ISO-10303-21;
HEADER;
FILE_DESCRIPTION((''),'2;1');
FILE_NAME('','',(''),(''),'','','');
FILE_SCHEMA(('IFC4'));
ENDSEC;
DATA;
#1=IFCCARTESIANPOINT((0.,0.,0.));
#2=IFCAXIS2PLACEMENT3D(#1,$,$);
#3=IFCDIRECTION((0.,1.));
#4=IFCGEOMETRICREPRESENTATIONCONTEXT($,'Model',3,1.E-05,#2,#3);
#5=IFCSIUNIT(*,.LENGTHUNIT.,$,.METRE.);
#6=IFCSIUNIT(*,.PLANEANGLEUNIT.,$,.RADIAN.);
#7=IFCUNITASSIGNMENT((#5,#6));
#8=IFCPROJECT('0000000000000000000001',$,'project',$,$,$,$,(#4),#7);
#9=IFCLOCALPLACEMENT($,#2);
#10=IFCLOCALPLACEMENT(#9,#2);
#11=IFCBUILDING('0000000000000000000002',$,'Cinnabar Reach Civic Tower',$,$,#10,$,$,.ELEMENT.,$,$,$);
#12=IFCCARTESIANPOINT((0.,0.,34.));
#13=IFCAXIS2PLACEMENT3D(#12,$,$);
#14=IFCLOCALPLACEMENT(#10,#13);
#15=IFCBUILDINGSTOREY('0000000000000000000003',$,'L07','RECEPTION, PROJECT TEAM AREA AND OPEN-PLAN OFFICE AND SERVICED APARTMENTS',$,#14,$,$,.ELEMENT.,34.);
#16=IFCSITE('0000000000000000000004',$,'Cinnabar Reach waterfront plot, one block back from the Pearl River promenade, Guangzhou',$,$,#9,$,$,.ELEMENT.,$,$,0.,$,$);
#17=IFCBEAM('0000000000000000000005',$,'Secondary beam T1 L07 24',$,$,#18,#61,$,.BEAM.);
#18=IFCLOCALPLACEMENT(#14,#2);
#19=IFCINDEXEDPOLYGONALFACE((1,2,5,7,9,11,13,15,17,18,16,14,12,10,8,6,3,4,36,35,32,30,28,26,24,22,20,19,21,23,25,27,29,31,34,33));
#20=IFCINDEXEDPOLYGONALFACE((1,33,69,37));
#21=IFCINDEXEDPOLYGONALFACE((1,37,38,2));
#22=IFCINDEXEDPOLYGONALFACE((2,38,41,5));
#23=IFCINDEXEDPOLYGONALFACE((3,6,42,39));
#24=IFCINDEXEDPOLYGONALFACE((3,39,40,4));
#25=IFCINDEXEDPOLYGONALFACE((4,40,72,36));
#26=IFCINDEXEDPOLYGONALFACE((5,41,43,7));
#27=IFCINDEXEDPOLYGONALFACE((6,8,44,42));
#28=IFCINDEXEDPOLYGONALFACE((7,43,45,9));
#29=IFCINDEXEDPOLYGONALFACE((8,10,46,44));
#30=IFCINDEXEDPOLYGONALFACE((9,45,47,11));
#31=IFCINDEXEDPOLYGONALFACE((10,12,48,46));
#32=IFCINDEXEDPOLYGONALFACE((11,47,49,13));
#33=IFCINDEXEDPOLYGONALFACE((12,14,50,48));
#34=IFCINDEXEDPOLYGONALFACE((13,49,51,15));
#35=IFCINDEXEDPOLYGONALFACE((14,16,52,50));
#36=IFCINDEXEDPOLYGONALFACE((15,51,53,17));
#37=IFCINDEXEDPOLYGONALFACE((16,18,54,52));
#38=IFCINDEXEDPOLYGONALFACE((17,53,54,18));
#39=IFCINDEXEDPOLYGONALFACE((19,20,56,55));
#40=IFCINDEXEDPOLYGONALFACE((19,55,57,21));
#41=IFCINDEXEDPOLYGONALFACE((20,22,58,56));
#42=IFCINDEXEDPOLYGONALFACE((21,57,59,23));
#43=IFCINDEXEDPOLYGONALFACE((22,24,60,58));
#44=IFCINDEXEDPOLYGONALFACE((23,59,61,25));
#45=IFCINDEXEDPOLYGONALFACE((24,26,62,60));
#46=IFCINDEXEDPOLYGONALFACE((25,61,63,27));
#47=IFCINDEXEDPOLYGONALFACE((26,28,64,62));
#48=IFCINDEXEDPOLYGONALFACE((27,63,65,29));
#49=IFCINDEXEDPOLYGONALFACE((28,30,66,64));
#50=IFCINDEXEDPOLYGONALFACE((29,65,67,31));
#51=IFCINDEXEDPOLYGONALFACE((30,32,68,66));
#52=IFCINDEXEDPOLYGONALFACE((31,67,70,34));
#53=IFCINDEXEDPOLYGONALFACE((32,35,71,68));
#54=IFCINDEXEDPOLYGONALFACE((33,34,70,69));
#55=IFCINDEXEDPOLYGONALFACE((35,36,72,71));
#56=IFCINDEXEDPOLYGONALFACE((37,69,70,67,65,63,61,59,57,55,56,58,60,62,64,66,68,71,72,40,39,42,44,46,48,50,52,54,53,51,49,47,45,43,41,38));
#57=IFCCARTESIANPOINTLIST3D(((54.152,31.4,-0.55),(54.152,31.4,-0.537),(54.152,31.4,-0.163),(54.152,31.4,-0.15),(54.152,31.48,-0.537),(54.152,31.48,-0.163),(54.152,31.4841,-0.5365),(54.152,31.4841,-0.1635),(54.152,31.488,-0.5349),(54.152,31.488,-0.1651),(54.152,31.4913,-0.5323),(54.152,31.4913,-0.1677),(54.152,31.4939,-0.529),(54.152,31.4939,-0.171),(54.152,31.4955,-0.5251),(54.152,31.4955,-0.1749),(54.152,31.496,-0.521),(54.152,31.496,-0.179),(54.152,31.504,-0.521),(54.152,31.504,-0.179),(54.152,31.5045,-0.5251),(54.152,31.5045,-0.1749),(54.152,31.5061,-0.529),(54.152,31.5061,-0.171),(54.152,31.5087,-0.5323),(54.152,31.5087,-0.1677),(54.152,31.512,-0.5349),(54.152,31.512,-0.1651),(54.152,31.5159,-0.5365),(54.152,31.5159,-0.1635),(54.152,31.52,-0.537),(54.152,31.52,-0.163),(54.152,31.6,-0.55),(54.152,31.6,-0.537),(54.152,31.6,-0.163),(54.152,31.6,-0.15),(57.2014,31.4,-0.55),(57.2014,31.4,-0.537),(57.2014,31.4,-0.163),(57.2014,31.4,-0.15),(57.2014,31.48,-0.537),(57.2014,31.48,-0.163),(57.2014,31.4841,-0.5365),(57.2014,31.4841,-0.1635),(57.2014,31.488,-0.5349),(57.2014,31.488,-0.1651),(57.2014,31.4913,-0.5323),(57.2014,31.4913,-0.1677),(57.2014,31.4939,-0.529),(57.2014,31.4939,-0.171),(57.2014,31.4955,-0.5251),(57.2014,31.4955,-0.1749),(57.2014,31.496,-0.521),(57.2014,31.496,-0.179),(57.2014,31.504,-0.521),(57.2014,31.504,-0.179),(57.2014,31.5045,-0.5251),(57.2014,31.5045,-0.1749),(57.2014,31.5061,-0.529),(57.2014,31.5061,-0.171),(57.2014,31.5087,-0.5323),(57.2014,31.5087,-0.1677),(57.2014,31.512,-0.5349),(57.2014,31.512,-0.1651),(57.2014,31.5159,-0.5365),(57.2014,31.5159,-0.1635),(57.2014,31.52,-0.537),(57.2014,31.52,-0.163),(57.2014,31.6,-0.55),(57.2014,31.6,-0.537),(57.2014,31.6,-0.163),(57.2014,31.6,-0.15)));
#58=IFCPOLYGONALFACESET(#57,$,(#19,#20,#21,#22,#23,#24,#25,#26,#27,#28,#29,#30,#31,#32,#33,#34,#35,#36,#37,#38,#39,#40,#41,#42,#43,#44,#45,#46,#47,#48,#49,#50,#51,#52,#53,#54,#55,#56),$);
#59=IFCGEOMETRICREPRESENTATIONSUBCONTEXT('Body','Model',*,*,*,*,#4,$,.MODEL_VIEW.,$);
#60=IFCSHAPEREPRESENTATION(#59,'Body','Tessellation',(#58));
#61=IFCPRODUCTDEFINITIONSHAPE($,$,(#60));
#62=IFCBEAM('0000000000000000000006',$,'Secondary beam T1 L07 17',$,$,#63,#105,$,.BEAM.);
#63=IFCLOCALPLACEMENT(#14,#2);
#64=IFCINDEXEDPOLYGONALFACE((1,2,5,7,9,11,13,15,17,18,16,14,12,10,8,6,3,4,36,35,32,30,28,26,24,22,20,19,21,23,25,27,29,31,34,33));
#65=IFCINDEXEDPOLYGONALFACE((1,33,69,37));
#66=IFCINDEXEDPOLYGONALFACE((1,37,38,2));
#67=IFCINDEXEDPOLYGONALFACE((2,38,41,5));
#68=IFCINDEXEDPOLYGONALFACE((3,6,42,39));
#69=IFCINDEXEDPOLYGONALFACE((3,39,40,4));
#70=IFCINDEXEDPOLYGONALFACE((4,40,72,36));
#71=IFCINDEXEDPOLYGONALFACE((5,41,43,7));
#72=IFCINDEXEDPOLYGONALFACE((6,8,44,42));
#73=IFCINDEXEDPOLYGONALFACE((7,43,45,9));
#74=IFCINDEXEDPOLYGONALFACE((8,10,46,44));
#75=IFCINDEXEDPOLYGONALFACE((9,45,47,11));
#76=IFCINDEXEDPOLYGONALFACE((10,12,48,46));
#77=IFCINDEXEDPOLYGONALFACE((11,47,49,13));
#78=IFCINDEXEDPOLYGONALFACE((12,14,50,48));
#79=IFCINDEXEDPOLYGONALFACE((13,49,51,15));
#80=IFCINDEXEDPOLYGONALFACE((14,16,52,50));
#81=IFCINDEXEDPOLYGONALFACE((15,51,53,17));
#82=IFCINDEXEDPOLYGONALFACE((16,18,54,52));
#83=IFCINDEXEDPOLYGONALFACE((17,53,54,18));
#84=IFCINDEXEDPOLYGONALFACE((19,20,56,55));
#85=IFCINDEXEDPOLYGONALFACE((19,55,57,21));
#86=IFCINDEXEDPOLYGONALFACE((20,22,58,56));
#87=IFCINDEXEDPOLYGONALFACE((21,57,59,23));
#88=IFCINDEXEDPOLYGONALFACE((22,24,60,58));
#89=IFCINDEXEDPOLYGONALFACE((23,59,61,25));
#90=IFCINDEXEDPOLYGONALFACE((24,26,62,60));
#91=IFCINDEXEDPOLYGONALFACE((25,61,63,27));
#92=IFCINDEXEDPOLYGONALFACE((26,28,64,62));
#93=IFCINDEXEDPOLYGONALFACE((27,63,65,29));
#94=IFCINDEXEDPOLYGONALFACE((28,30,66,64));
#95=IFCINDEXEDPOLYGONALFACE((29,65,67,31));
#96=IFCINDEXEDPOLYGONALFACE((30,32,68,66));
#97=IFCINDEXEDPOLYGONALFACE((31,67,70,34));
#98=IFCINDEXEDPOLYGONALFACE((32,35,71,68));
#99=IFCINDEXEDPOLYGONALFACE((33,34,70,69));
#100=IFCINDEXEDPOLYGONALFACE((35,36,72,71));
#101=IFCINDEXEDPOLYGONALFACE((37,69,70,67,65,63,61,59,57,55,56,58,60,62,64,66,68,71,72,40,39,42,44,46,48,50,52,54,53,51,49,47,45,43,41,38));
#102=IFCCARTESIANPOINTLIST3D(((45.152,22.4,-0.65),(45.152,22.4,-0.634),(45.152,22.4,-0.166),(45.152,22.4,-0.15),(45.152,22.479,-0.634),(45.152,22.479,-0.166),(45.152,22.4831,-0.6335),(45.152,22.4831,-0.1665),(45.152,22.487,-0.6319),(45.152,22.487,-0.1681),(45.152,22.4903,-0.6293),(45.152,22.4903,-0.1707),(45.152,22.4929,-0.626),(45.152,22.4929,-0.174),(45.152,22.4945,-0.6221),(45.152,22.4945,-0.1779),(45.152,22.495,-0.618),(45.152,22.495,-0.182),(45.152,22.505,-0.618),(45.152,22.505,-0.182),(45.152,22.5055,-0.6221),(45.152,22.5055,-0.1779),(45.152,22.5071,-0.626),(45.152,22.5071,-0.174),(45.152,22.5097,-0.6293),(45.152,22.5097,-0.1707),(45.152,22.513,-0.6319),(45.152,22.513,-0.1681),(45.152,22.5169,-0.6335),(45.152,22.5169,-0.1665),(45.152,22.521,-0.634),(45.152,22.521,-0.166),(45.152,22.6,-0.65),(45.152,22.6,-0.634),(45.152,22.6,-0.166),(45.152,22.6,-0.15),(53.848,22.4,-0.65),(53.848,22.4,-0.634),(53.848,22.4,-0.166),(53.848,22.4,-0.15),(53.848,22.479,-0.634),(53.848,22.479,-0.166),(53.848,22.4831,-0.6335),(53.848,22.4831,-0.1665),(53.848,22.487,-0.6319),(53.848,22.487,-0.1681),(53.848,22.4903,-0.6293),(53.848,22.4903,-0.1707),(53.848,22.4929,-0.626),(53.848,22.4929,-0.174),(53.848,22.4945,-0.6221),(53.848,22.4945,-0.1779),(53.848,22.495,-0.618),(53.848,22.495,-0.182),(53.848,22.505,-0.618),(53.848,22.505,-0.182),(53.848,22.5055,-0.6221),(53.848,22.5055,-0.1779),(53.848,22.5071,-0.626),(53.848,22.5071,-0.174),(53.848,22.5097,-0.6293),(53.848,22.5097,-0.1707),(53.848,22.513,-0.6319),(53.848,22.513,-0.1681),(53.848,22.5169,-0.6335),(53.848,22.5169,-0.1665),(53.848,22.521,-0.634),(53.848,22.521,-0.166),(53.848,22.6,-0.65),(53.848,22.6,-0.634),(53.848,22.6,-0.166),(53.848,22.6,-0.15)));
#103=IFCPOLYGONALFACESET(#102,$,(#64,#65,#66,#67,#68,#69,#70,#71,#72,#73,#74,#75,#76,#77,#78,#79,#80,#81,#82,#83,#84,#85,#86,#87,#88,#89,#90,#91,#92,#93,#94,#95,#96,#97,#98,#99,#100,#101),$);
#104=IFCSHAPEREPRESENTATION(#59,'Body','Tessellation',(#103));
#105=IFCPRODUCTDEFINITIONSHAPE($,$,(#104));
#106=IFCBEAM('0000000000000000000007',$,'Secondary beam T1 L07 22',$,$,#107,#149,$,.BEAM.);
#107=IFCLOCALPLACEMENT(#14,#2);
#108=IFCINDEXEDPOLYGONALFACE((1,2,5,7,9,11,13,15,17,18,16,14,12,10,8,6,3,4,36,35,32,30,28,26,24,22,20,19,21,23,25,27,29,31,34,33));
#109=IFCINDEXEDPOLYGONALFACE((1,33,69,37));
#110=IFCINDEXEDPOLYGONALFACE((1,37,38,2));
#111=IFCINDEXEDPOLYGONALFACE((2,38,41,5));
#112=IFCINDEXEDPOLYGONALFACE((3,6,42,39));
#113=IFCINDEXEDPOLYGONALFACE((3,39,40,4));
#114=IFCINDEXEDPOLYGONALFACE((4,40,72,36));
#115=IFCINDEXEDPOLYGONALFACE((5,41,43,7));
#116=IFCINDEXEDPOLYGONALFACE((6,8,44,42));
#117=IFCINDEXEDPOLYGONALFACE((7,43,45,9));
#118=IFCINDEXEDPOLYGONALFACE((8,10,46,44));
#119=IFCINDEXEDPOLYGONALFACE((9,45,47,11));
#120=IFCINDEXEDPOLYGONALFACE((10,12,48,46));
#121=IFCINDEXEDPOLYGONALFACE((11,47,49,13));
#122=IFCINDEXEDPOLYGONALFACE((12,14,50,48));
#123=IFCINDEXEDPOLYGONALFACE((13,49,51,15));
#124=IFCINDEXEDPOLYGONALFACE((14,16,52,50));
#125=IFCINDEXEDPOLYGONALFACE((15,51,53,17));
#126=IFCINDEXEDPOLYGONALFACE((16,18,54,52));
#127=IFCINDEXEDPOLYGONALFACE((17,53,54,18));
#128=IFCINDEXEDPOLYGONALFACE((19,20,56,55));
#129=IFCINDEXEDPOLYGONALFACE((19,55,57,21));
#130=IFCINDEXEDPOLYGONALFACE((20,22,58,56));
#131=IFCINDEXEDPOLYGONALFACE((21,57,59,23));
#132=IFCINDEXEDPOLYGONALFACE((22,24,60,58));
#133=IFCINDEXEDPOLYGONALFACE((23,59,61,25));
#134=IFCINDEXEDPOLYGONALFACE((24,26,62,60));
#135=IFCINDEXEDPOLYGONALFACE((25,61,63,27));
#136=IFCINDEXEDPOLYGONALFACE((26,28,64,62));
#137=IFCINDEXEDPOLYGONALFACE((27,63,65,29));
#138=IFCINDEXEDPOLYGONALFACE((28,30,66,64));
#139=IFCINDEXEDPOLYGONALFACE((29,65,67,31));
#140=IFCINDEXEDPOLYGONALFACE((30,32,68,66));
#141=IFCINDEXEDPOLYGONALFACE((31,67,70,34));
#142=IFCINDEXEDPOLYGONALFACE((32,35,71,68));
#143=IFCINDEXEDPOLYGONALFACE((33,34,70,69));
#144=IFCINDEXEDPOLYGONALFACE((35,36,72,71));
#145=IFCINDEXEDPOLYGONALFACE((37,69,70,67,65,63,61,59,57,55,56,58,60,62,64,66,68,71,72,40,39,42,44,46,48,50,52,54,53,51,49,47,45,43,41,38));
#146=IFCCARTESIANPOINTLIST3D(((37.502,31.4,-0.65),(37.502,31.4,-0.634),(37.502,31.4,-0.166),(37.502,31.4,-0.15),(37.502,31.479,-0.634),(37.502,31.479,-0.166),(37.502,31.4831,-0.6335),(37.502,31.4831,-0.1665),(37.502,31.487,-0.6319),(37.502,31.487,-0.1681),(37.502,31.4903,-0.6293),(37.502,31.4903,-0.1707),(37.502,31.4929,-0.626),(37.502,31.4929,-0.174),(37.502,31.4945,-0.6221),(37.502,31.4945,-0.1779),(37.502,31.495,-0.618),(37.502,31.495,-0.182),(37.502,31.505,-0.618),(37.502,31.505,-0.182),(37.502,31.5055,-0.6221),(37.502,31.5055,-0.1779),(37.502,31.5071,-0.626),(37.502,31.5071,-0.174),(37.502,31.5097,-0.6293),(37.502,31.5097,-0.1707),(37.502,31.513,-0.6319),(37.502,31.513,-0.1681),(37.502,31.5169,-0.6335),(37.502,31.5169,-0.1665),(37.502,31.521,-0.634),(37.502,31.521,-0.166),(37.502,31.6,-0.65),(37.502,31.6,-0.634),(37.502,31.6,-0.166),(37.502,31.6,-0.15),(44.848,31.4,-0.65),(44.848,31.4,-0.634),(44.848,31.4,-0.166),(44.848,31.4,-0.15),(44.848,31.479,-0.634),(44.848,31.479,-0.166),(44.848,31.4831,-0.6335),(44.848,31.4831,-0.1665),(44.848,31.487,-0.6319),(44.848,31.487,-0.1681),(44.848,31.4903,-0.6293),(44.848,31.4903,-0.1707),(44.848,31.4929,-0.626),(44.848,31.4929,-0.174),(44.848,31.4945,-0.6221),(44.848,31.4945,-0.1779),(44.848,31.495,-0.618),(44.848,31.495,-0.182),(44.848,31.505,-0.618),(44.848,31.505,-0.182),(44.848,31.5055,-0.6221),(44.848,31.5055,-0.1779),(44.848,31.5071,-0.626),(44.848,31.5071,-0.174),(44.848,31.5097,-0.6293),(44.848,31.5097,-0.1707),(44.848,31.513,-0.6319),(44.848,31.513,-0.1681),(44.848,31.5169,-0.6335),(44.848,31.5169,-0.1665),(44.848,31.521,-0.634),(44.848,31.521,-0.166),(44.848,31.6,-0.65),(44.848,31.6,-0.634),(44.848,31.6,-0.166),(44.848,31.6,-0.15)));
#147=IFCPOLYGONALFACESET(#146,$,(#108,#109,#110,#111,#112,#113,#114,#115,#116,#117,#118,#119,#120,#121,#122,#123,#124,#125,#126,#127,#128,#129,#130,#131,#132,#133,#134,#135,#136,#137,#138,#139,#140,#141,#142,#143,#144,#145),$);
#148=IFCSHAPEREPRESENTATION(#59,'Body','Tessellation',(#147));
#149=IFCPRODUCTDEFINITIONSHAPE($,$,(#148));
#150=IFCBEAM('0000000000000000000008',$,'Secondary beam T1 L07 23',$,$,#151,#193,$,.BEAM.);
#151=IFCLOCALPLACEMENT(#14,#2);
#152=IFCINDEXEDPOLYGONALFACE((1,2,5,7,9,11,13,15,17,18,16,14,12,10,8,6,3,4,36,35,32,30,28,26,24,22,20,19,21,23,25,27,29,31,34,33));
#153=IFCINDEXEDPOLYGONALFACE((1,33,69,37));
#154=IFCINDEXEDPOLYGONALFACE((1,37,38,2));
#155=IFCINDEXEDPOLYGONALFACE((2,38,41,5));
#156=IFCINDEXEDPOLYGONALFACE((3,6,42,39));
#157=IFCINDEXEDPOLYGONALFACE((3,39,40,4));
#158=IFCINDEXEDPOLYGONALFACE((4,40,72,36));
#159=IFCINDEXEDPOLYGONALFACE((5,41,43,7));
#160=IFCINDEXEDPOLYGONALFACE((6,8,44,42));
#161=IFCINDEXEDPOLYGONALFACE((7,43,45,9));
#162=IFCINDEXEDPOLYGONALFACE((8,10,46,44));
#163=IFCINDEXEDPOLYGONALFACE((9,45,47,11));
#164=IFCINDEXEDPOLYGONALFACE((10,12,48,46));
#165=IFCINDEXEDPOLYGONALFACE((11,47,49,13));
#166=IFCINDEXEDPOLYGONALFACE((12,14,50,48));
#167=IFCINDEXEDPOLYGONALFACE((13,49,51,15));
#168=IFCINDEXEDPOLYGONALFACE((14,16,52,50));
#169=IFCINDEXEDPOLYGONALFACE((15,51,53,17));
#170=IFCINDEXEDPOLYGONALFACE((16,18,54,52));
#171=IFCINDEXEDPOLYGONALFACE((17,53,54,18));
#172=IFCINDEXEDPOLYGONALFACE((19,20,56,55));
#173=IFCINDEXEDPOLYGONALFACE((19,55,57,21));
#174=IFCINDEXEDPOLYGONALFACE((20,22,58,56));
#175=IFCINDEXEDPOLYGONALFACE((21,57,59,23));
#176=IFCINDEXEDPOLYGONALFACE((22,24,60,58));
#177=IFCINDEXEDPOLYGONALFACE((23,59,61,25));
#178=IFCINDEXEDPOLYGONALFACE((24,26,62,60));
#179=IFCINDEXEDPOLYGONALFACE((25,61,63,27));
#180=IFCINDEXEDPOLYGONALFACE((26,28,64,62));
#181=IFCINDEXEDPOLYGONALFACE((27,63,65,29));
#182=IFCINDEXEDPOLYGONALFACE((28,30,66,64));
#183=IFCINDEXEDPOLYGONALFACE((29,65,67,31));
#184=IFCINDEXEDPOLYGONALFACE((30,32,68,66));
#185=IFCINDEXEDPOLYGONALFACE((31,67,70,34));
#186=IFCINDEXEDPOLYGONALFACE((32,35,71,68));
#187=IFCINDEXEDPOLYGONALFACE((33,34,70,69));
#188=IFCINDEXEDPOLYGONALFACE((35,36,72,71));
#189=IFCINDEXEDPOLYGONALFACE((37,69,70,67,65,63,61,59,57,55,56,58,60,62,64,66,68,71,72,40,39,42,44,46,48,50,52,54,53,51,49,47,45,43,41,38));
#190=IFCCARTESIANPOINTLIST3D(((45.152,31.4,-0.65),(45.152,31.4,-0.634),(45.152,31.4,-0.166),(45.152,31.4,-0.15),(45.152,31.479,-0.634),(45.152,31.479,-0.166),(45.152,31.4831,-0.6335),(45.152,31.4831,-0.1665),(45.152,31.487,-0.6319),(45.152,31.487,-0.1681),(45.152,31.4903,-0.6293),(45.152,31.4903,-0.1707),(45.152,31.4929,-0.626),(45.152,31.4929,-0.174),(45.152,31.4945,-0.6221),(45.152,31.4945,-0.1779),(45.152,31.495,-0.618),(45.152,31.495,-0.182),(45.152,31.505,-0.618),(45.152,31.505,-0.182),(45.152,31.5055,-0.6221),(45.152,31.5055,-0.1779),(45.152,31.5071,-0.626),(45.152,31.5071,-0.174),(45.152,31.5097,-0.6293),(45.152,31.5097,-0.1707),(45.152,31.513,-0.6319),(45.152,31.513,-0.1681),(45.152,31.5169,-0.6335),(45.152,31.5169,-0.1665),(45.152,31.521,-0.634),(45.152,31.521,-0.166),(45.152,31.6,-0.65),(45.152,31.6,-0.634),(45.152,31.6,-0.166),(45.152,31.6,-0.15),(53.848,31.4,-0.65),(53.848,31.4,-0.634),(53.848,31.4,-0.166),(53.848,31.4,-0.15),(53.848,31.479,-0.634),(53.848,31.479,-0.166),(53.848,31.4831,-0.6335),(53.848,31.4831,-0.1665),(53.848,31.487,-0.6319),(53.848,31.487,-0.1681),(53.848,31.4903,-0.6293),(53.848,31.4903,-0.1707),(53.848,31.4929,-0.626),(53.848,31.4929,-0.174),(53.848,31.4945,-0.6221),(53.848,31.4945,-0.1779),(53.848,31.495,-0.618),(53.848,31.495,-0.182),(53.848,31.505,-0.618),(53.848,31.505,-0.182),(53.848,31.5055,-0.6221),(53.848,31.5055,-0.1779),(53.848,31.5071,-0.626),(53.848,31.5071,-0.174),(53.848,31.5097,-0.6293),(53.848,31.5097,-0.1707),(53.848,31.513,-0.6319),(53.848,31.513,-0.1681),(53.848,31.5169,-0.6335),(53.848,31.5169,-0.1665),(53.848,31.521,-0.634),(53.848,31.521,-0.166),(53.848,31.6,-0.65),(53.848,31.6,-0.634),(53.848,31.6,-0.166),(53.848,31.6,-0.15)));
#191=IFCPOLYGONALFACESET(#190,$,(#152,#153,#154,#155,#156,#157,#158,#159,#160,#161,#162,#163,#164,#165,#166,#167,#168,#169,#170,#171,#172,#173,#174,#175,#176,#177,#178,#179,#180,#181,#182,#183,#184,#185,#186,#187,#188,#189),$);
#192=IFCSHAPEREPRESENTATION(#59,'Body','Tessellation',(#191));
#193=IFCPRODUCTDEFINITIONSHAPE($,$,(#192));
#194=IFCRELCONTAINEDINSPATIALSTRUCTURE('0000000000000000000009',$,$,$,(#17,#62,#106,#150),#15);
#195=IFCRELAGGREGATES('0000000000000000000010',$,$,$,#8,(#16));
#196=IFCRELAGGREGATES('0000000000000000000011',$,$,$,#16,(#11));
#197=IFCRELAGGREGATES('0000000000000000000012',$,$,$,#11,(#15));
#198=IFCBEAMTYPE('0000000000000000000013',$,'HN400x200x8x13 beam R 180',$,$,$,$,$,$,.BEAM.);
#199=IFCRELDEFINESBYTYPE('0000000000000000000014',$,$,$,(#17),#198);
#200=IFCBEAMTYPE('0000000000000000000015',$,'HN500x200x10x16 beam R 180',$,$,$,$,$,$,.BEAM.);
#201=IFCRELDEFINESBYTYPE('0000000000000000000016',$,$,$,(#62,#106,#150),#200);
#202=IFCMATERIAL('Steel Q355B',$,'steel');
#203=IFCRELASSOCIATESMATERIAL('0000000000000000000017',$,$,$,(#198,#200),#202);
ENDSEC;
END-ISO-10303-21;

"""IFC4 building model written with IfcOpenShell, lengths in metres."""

from ifc_helpers import new_model, si_unit, direction, frame, origin, origin_2d, place, context, subcontext, project, spatial, i_section, extrude, material, material_profile, profile_set, type_object, element, save


model = new_model("IFC4")

# Units and contexts
model_context = context("Model", 3, precision=1e-05, world=origin(), true_north=direction((0.0, 1.0)))
body_context = subcontext(model_context, "Body", "Model", "MODEL_VIEW")
ifc_project = project(units=[si_unit("LENGTHUNIT", "METRE"), si_unit("PLANEANGLEUNIT", "RADIAN")], contexts=[model_context])

# Site, building, storey
site_placement = place(None, origin())
site = spatial("IfcSite", under=ifc_project, at=site_placement, Name="Cinnabar Reach waterfront plot, one block back from the Pearl River promenade, Guangzhou", CompositionType="ELEMENT", RefElevation=0.0)
building_placement = place(site_placement, origin())
building = spatial("IfcBuilding", under=site, at=building_placement, Name="Cinnabar Reach Civic Tower", CompositionType="ELEMENT")
storey_placement = place(building_placement, frame((0.0, 0.0, 34.0)))
storey = spatial("IfcBuildingStorey", under=building, at=storey_placement, Name="L07", Description="RECEPTION, PROJECT TEAM AREA AND OPEN-PLAN OFFICE AND SERVICED APARTMENTS", CompositionType="ELEMENT", Elevation=34.0)

# Beams
ifc_material_1 = material(Name="Steel Q355B", Category="steel")
ifc_material_profile_1 = material_profile(ifc_material_1, i_section(OverallWidth=0.2, OverallDepth=0.4, WebThickness=0.008, FlangeThickness=0.013, FilletRadius=0.016, at=origin_2d()), Name="HN400x200x8x13")
ifc_profile_set_1 = profile_set([ifc_material_profile_1], Name="Steel Q355B")
beam_type_1 = type_object("IfcBeamType", Name="HN400x200x8x13 beam R 180", PredefinedType="BEAM", material=ifc_profile_set_1)
beam_1_placement = place(storey_placement, frame((54.152, 31.5, -0.35), z_axis=(1.0, 0.0, 0.0), x_axis=(0.0, 1.0, 0.0)))
element("IfcBeam", 1, at=beam_1_placement, inside=storey, type_object=beam_type_1, Name="Secondary beam T1 L07 24", PredefinedType="BEAM", context=body_context, shape_type="SweptSolid", body=[
    extrude(i_section(OverallWidth=0.2, OverallDepth=0.4, WebThickness=0.008, FlangeThickness=0.013, FilletRadius=0.016, at=origin_2d()), origin(), (0.0, 0.0, 1.0), 3.0494),
])
ifc_material_profile_2 = material_profile(ifc_material_1, i_section(OverallWidth=0.2, OverallDepth=0.5, WebThickness=0.01, FlangeThickness=0.016, FilletRadius=0.016, at=origin_2d()), Name="HN500x200x10x16")
ifc_profile_set_2 = profile_set([ifc_material_profile_2], Name="Steel Q355B")
beam_type_2 = type_object("IfcBeamType", Name="HN500x200x10x16 beam R 180", PredefinedType="BEAM", material=ifc_profile_set_2)
beam_2_placement = place(storey_placement, frame((45.152, 22.5, -0.4), z_axis=(1.0, 0.0, 0.0), x_axis=(0.0, 1.0, 0.0)))
element("IfcBeam", 2, at=beam_2_placement, inside=storey, type_object=beam_type_2, Name="Secondary beam T1 L07 17", PredefinedType="BEAM", context=body_context, shape_type="SweptSolid", body=[
    extrude(i_section(OverallWidth=0.2, OverallDepth=0.5, WebThickness=0.01, FlangeThickness=0.016, FilletRadius=0.016, at=origin_2d()), origin(), (0.0, 0.0, 1.0), 8.696),
])
beam_3_placement = place(storey_placement, frame((37.502, 31.5, -0.4), z_axis=(1.0, 0.0, 0.0), x_axis=(0.0, 1.0, 0.0)))
element("IfcBeam", 3, at=beam_3_placement, inside=storey, type_object=beam_type_2, Name="Secondary beam T1 L07 22", PredefinedType="BEAM", context=body_context, shape_type="SweptSolid", body=[
    extrude(i_section(OverallWidth=0.2, OverallDepth=0.5, WebThickness=0.01, FlangeThickness=0.016, FilletRadius=0.016, at=origin_2d()), origin(), (0.0, 0.0, 1.0), 7.346),
])
beam_4_placement = place(storey_placement, frame((45.152, 31.5, -0.4), z_axis=(1.0, 0.0, 0.0), x_axis=(0.0, 1.0, 0.0)))
element("IfcBeam", 4, at=beam_4_placement, inside=storey, type_object=beam_type_2, Name="Secondary beam T1 L07 23", PredefinedType="BEAM", context=body_context, shape_type="SweptSolid", body=[
    extrude(i_section(OverallWidth=0.2, OverallDepth=0.5, WebThickness=0.01, FlangeThickness=0.016, FilletRadius=0.016, at=origin_2d()), origin(), (0.0, 0.0, 1.0), 8.696),
])

save(model, "model.ifc")
